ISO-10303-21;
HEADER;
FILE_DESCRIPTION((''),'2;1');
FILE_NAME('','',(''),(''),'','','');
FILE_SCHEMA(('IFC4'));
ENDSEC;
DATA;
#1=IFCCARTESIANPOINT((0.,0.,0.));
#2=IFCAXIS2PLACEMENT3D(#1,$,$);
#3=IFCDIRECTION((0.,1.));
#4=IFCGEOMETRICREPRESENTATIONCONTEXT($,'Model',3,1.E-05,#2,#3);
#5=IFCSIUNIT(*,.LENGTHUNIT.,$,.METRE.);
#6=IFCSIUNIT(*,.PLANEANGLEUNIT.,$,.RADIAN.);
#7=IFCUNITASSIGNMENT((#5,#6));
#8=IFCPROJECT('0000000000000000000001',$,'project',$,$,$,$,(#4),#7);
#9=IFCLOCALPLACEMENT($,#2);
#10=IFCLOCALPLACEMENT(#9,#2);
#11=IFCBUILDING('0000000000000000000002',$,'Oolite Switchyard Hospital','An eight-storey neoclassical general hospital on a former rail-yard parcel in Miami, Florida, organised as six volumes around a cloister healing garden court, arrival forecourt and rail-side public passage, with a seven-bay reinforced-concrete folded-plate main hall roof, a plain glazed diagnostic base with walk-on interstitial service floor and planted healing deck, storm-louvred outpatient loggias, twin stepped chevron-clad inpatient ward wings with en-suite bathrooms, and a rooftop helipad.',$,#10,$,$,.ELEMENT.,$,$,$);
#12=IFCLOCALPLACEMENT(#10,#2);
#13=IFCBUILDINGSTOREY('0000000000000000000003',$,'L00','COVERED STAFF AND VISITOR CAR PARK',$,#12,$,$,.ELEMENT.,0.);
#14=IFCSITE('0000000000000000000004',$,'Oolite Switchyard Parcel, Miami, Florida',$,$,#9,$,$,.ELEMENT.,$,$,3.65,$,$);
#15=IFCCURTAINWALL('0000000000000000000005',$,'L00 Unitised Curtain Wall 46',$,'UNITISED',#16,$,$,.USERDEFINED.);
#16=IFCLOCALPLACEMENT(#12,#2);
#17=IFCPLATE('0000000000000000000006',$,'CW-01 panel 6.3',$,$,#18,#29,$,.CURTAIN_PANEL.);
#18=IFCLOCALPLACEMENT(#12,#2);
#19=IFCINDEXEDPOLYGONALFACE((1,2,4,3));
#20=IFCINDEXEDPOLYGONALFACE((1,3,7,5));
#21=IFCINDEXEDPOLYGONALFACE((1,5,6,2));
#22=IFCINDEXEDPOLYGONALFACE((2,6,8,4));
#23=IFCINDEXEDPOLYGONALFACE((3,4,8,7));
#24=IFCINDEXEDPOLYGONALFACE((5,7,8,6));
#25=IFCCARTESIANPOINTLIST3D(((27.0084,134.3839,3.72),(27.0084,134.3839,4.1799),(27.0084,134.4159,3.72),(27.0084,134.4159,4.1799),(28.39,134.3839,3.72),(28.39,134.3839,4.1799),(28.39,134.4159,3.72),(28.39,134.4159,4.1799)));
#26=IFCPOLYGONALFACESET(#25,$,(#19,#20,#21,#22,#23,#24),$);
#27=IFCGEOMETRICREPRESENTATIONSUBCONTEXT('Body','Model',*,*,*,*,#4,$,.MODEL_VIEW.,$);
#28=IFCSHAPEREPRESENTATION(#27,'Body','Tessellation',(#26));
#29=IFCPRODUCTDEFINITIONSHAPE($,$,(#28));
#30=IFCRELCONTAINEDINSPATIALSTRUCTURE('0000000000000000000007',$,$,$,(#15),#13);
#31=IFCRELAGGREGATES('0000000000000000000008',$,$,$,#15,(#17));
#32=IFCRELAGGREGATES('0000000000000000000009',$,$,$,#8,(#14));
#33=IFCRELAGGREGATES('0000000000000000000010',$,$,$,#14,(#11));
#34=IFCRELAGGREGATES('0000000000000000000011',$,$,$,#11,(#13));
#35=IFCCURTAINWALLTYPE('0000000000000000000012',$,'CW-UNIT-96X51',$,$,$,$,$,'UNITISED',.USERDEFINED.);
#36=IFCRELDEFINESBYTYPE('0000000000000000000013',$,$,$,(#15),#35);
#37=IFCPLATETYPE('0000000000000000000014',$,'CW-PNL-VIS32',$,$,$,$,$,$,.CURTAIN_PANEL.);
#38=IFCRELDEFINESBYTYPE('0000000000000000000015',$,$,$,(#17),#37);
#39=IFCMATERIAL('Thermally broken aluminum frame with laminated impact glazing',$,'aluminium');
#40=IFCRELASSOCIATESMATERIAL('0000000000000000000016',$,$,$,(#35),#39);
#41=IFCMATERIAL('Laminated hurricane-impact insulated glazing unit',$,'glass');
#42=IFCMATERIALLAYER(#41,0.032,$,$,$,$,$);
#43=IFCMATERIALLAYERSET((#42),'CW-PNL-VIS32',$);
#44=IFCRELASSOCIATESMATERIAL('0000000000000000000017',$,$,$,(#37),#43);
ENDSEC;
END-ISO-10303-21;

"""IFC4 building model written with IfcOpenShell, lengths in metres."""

from ifc_helpers import new_model, si_unit, direction, frame, origin, origin_2d, place, context, subcontext, project, spatial, rectangle, extrude, material, layer, layer_set, type_object, element, aggregate, save


model = new_model("IFC4")

# Units and contexts
model_context = context("Model", 3, precision=1e-05, world=origin(), true_north=direction((0.0, 1.0)))
body_context = subcontext(model_context, "Body", "Model", "MODEL_VIEW")
ifc_project = project(units=[si_unit("LENGTHUNIT", "METRE"), si_unit("PLANEANGLEUNIT", "RADIAN")], contexts=[model_context])

# Site, building, storey
site_placement = place(None, origin())
site = spatial("IfcSite", under=ifc_project, at=site_placement, Name="Oolite Switchyard Parcel, Miami, Florida", CompositionType="ELEMENT", RefElevation=3.65)
building_placement = place(site_placement, origin())
building = spatial("IfcBuilding", under=site, at=building_placement, Name="Oolite Switchyard Hospital", Description="An eight-storey neoclassical general hospital on a former rail-yard parcel in Miami, Florida, organised as six volumes around a cloister healing garden court, arrival forecourt and rail-side public passage, with a seven-bay reinforced-concrete folded-plate main hall roof, a plain glazed diagnostic base with walk-on interstitial service floor and planted healing deck, storm-louvred outpatient loggias, twin stepped chevron-clad inpatient ward wings with en-suite bathrooms, and a rooftop helipad.", CompositionType="ELEMENT")
storey_placement = place(building_placement, origin())
storey = spatial("IfcBuildingStorey", under=building, at=storey_placement, Name="L00", Description="COVERED STAFF AND VISITOR CAR PARK", CompositionType="ELEMENT", Elevation=0.0)

# Curtain wall
ifc_material_1 = material(Name="Thermally broken aluminum frame with laminated impact glazing", Category="aluminium")
curtain_wall_type = type_object("IfcCurtainWallType", Name="CW-UNIT-96X51", ElementType="UNITISED", PredefinedType="USERDEFINED", material=ifc_material_1)
curtain_wall_1_placement = place(storey_placement, origin())
curtain_wall_1 = element("IfcCurtainWall", 1, at=curtain_wall_1_placement, inside=storey, type_object=curtain_wall_type, Name="L00 Unitised Curtain Wall 46", ObjectType="UNITISED", PredefinedType="USERDEFINED")

# Plate
ifc_material_2 = material(Name="Laminated hurricane-impact insulated glazing unit", Category="glass")
ifc_layer = layer(ifc_material_2, 0.032)
ifc_layer_set = layer_set([ifc_layer], Name="CW-PNL-VIS32")
plate_type = type_object("IfcPlateType", Name="CW-PNL-VIS32", PredefinedType="CURTAIN_PANEL", material=ifc_layer_set)
plate_1_placement = place(storey_placement, frame((27.6992, 134.3999, 3.72), z_axis=(0.0, 0.0, 1.0), x_axis=(1.0, 0.0, 0.0)))
plate_1 = element("IfcPlate", 2, at=plate_1_placement, type_object=plate_type, Name="CW-01 panel 6.3", PredefinedType="CURTAIN_PANEL", context=body_context, shape_type="SweptSolid", body=[
    extrude(rectangle(XDim=1.3816, YDim=0.032, at=origin_2d()), origin(), (0.0, 0.0, 1.0), 0.46),
])
aggregate(curtain_wall_1, [plate_1])

save(model, "model.ifc")
